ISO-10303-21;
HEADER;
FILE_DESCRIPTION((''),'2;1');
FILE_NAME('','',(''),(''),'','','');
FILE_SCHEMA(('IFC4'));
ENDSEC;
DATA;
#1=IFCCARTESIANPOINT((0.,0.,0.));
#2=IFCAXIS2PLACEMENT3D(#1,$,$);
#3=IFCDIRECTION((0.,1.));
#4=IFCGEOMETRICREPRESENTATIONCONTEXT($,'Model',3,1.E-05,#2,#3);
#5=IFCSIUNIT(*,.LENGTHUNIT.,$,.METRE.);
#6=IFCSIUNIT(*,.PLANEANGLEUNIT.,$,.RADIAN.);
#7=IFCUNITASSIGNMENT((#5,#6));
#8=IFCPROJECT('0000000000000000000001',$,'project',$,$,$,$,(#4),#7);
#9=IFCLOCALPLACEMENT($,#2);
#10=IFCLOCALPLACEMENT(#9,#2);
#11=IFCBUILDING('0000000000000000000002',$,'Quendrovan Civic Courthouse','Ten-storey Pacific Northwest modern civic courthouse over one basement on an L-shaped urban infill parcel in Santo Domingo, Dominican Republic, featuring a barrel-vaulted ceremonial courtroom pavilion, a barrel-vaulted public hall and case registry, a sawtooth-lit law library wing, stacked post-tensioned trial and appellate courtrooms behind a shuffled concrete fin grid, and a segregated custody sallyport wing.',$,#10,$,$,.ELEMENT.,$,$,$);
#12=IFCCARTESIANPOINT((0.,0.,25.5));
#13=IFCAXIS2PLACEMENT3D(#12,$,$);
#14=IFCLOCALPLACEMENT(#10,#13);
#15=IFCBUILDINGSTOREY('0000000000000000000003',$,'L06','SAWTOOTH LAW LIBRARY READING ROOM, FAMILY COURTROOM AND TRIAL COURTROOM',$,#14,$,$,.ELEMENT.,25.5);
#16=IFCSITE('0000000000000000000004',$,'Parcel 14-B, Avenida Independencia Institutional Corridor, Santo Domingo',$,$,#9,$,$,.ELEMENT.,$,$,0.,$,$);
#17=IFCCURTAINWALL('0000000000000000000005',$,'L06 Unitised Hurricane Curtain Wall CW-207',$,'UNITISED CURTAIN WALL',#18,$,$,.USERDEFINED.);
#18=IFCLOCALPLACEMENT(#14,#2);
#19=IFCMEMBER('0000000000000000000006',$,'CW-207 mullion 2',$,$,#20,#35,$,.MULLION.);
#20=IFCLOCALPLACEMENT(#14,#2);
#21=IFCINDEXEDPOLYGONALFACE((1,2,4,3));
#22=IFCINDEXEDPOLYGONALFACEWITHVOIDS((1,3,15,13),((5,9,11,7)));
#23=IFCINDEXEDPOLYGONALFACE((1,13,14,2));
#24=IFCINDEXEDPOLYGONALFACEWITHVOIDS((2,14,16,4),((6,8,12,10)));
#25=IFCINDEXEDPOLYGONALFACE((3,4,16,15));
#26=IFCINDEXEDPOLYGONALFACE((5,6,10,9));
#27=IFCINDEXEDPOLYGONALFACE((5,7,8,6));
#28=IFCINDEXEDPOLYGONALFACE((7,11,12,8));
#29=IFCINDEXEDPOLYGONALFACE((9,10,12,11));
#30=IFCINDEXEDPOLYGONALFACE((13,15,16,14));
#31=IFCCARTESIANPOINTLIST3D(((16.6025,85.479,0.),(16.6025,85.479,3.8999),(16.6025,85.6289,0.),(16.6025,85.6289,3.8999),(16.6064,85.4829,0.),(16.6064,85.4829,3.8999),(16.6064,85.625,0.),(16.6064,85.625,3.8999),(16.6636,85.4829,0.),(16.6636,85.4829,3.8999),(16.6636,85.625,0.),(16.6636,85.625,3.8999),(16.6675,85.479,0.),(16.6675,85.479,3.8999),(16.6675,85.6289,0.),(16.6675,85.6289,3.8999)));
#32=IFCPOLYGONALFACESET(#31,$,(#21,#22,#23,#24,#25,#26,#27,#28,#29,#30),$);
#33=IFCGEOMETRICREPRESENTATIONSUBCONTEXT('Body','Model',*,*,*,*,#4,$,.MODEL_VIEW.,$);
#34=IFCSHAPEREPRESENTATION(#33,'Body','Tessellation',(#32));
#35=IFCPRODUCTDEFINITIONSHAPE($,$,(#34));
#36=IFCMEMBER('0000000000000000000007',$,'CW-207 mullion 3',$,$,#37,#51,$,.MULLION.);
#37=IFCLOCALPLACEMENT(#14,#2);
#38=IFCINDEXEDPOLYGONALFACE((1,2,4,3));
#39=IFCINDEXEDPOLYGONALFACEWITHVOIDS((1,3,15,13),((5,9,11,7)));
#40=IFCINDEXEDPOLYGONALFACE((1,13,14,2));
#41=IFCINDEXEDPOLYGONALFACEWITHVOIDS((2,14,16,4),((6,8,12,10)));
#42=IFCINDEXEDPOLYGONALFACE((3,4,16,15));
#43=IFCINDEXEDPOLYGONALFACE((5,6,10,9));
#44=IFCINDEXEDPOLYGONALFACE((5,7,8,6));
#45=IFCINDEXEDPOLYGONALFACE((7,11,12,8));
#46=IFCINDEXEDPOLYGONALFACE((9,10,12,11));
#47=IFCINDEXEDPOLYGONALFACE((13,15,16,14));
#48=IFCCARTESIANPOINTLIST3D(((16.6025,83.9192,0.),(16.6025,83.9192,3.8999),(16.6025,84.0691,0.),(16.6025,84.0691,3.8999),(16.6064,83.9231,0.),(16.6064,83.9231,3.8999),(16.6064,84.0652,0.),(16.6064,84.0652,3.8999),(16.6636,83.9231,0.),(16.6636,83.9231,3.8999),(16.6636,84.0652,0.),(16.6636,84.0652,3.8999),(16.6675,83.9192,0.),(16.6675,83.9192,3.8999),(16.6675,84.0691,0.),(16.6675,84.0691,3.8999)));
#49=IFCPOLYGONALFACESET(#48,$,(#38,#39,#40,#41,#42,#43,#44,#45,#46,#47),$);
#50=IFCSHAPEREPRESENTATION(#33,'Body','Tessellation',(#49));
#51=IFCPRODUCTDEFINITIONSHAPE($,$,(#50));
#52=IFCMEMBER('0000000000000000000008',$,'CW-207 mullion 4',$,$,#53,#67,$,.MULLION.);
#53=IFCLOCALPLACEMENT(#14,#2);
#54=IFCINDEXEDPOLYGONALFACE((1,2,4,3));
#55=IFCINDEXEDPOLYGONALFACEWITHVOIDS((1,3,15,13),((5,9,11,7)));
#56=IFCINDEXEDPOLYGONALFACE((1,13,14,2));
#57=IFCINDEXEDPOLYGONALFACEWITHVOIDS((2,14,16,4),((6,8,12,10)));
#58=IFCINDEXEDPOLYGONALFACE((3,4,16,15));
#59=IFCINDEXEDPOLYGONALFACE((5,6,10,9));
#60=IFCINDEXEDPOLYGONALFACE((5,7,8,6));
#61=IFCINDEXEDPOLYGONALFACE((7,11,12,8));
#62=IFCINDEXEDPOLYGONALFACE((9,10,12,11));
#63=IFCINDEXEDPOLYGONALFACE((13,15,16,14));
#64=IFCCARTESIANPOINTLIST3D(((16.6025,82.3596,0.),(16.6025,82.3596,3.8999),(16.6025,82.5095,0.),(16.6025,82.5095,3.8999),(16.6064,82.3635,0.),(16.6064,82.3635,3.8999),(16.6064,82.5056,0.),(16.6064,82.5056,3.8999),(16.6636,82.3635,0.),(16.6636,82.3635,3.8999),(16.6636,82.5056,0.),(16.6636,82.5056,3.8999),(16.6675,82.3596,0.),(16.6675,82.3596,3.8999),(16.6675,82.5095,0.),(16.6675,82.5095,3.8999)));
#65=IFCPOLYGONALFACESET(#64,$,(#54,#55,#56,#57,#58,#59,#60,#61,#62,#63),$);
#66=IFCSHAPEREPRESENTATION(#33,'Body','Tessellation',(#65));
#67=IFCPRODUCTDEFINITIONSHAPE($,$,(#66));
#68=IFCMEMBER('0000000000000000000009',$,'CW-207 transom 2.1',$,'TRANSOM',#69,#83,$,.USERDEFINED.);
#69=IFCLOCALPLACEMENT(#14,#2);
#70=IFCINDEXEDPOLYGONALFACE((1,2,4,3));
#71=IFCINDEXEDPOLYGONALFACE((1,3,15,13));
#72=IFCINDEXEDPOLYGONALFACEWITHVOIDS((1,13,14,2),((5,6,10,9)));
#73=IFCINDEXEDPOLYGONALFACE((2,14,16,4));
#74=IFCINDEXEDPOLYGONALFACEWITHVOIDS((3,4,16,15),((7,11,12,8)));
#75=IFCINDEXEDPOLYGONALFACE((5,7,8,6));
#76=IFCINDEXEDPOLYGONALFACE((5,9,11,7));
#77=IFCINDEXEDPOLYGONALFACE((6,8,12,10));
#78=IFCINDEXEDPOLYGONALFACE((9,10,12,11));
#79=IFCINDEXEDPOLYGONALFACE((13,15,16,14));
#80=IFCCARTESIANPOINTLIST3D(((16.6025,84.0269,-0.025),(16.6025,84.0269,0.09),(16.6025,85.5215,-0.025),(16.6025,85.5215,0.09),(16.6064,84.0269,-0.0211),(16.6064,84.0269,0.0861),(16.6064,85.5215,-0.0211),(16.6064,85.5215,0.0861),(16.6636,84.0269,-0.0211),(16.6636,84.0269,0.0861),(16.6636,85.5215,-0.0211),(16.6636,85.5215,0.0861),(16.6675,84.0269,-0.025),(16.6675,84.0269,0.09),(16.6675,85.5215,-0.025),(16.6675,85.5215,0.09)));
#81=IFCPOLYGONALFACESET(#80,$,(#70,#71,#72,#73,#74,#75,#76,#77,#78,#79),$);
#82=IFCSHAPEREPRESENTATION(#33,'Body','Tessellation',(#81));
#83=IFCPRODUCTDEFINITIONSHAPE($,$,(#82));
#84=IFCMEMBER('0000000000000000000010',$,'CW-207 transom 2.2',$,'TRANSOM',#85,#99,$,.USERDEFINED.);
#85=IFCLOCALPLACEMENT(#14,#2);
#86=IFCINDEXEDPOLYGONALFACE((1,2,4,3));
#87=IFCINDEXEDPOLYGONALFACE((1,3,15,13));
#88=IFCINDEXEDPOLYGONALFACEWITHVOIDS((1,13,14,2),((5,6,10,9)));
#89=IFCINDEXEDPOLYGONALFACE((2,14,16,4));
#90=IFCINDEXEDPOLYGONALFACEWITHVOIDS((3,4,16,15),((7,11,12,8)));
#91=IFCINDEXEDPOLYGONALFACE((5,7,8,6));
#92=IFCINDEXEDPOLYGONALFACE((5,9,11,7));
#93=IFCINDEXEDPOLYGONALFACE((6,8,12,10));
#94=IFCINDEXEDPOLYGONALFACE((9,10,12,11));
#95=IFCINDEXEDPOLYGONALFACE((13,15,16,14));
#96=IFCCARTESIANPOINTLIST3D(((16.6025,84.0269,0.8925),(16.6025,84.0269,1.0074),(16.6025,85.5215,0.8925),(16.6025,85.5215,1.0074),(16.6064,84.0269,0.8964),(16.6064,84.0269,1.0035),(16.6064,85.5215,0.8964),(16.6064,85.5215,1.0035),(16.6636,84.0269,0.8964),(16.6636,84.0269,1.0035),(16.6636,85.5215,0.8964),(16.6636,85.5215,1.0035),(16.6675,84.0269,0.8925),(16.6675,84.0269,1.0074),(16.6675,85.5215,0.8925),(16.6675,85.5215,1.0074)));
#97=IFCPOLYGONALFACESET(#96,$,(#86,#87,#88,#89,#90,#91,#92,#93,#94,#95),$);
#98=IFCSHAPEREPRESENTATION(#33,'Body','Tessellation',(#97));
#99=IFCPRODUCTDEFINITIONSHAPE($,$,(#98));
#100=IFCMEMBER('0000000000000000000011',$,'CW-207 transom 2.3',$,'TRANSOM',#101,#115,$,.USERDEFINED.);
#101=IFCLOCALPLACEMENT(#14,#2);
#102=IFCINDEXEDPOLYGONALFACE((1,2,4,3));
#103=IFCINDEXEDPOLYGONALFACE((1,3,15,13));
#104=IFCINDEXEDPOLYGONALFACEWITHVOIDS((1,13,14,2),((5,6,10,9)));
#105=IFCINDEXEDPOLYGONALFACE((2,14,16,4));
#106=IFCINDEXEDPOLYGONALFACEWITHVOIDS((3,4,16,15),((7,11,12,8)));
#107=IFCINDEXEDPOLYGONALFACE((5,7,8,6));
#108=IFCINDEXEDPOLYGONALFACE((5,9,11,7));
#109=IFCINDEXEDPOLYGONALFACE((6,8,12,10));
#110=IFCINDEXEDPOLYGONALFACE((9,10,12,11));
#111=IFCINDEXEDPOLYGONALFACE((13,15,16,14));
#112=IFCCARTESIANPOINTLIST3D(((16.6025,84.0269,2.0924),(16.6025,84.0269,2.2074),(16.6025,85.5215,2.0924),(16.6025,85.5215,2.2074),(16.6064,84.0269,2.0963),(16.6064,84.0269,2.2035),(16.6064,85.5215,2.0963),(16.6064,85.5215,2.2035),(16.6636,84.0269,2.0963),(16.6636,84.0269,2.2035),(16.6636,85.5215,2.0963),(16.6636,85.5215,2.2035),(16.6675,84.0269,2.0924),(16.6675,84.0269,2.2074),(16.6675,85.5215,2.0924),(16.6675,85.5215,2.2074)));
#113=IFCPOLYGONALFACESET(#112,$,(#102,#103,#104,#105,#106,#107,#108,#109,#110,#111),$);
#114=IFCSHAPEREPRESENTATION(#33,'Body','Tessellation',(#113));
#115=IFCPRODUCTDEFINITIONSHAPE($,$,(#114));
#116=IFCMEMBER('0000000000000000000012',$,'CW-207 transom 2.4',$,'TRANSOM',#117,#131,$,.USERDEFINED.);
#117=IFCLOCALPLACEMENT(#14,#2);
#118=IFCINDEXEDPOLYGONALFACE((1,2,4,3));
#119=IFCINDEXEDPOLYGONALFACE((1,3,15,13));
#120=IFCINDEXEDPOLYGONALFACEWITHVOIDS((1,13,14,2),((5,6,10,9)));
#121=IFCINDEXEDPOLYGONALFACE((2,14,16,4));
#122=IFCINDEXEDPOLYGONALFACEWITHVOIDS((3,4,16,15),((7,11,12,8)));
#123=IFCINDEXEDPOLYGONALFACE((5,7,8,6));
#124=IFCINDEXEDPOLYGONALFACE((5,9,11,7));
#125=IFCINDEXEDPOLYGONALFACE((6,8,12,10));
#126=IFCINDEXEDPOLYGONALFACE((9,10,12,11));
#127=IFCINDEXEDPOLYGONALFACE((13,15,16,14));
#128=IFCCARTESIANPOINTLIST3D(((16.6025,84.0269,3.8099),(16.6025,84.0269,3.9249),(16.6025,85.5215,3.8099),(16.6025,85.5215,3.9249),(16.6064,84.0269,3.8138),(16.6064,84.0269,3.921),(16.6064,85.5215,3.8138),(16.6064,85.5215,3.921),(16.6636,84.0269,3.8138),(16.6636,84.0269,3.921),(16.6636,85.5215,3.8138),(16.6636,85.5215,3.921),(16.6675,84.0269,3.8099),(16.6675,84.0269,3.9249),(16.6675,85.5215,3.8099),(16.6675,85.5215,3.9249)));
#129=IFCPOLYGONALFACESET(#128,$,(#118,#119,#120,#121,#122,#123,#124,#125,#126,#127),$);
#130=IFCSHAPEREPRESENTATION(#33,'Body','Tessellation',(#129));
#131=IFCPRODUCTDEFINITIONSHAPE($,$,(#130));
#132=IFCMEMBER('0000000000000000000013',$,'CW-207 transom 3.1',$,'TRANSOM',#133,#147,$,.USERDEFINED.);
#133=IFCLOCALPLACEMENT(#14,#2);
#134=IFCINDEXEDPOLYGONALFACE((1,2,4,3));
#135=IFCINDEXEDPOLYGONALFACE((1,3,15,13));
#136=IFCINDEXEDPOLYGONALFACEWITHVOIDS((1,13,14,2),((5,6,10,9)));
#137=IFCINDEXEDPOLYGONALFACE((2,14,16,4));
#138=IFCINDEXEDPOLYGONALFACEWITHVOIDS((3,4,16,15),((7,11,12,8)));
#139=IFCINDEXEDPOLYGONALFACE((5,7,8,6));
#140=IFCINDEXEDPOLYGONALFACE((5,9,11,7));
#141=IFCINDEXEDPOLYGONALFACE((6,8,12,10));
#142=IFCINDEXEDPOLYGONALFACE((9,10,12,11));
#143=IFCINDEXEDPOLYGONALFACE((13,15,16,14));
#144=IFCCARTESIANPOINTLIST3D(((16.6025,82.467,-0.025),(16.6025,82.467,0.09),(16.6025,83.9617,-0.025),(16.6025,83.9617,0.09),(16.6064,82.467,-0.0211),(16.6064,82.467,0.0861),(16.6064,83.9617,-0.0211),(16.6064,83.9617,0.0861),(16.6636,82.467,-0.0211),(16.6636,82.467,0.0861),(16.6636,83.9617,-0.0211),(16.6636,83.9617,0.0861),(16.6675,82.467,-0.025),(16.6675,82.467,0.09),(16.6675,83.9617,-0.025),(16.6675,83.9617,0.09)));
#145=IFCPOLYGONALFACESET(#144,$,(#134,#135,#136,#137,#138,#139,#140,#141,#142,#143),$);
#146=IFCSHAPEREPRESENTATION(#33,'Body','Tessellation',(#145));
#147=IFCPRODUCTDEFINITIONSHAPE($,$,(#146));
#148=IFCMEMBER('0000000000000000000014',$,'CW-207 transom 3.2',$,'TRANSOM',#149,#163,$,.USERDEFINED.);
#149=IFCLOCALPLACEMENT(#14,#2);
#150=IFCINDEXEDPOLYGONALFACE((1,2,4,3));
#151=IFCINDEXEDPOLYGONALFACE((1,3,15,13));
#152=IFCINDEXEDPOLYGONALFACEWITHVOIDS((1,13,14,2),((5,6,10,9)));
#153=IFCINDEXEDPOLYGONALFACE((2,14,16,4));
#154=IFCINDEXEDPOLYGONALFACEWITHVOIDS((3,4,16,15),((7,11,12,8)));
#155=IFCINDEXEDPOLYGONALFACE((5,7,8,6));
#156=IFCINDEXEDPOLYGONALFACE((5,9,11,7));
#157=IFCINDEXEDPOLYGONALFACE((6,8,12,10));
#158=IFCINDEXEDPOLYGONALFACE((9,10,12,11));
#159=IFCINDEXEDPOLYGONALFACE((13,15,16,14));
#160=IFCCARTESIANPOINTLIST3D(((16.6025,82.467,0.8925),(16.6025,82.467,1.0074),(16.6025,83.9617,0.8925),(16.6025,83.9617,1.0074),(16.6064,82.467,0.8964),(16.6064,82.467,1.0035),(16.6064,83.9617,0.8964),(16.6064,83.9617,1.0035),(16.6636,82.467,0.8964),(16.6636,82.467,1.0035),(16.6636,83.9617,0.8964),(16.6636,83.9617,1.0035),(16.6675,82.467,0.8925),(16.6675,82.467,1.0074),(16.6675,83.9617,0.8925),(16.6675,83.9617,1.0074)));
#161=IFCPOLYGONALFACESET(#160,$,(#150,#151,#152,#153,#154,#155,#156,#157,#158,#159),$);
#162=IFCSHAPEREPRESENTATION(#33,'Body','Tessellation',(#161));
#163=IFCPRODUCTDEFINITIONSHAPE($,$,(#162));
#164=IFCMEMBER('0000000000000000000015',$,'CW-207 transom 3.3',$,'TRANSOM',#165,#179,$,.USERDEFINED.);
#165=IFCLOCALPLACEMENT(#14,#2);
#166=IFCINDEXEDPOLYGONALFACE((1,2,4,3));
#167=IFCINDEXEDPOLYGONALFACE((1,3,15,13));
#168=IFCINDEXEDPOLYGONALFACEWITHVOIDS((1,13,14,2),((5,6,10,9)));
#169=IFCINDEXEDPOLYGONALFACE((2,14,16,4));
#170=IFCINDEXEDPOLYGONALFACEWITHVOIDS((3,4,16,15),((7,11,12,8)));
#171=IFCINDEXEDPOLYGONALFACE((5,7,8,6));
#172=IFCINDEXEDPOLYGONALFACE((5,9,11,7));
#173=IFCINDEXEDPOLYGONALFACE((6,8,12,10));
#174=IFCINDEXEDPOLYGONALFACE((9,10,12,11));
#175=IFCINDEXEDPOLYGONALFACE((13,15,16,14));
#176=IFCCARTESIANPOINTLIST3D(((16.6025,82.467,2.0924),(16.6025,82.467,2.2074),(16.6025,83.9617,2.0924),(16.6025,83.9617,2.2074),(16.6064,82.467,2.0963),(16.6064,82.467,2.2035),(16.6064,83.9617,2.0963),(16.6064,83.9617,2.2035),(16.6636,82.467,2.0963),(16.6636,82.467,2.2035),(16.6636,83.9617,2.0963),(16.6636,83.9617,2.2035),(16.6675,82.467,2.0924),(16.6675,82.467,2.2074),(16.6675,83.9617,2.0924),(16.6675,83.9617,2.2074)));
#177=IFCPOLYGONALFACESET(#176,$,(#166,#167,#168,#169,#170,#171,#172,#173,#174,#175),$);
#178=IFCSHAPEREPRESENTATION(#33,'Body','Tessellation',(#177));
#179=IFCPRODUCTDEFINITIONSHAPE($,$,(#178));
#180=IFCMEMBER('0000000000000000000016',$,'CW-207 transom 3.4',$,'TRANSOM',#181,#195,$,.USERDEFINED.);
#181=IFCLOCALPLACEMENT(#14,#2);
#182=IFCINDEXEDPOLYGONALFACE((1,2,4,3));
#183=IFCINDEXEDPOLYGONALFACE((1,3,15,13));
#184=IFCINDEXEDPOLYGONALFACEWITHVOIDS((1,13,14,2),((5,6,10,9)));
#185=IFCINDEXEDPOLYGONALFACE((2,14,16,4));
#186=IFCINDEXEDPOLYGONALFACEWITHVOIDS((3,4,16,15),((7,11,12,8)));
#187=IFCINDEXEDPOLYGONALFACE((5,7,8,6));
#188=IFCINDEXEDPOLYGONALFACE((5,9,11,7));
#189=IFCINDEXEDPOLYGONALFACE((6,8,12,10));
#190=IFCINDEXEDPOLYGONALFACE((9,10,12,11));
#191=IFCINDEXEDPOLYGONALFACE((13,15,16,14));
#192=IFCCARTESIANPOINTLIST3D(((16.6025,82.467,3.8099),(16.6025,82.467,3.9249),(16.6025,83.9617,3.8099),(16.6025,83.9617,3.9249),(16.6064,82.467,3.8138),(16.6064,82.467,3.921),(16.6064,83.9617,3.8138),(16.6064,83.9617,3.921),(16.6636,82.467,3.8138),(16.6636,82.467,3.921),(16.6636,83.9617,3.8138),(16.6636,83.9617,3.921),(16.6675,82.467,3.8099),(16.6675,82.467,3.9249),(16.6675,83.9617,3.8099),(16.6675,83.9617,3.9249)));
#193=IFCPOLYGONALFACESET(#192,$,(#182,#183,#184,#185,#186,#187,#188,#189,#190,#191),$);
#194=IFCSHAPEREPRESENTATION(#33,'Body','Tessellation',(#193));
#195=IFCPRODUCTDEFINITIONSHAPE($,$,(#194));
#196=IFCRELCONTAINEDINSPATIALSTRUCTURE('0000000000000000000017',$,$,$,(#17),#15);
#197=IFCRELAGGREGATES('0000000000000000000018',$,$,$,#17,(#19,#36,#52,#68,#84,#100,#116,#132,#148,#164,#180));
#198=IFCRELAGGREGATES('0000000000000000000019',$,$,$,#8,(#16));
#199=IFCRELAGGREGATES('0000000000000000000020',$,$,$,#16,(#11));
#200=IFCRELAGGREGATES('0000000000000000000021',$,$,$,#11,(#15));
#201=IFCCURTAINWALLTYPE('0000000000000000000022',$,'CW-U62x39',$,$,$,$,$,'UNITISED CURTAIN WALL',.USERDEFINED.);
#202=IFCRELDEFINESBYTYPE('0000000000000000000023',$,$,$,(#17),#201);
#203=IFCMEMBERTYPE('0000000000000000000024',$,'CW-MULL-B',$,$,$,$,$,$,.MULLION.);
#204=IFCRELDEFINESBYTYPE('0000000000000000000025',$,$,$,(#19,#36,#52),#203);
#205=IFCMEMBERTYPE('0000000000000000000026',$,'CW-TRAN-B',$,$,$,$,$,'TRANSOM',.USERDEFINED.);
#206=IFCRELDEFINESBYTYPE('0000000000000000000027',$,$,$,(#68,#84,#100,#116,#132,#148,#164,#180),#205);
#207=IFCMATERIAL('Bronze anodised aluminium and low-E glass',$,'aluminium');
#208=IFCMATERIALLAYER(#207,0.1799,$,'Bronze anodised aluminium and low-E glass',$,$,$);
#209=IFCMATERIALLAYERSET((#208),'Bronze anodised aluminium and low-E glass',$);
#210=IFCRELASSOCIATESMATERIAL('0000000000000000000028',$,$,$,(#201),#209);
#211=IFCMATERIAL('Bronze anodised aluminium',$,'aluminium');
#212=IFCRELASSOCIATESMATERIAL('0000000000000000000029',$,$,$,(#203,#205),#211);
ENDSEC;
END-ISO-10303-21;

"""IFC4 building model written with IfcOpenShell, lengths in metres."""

from ifc_helpers import new_model, si_unit, direction, frame, origin, origin_2d, place, context, subcontext, project, spatial, hollow_rectangle, extrude, material, layer, layer_set, material_profile, profile_set, type_object, element, aggregate, save


model = new_model("IFC4")

# Units and contexts
model_context = context("Model", 3, precision=1e-05, world=origin(), true_north=direction((0.0, 1.0)))
body_context = subcontext(model_context, "Body", "Model", "MODEL_VIEW")
ifc_project = project(units=[si_unit("LENGTHUNIT", "METRE"), si_unit("PLANEANGLEUNIT", "RADIAN")], contexts=[model_context])

# Site, building, storey
site_placement = place(None, origin())
site = spatial("IfcSite", under=ifc_project, at=site_placement, Name="Parcel 14-B, Avenida Independencia Institutional Corridor, Santo Domingo", CompositionType="ELEMENT", RefElevation=0.0)
building_placement = place(site_placement, origin())
building = spatial("IfcBuilding", under=site, at=building_placement, Name="Quendrovan Civic Courthouse", Description="Ten-storey Pacific Northwest modern civic courthouse over one basement on an L-shaped urban infill parcel in Santo Domingo, Dominican Republic, featuring a barrel-vaulted ceremonial courtroom pavilion, a barrel-vaulted public hall and case registry, a sawtooth-lit law library wing, stacked post-tensioned trial and appellate courtrooms behind a shuffled concrete fin grid, and a segregated custody sallyport wing.", CompositionType="ELEMENT")
storey_placement = place(building_placement, frame((0.0, 0.0, 25.5)))
storey = spatial("IfcBuildingStorey", under=building, at=storey_placement, Name="L06", Description="SAWTOOTH LAW LIBRARY READING ROOM, FAMILY COURTROOM AND TRIAL COURTROOM", CompositionType="ELEMENT", Elevation=25.5)

# Curtain wall, members
ifc_material_1 = material(Name="Bronze anodised aluminium and low-E glass", Category="aluminium")
ifc_layer_1 = layer(ifc_material_1, 0.1799, Name="Bronze anodised aluminium and low-E glass")
ifc_layer_set_1 = layer_set([ifc_layer_1], Name="Bronze anodised aluminium and low-E glass")
curtain_wall_type = type_object("IfcCurtainWallType", Name="CW-U62x39", ElementType="UNITISED CURTAIN WALL", PredefinedType="USERDEFINED", material=ifc_layer_set_1)
curtain_wall_placement = place(storey_placement, origin())
curtain_wall = element("IfcCurtainWall", 1, at=curtain_wall_placement, inside=storey, type_object=curtain_wall_type, Name="L06 Unitised Hurricane Curtain Wall CW-207", ObjectType="UNITISED CURTAIN WALL", PredefinedType="USERDEFINED")
ifc_material_2 = material(Name="Bronze anodised aluminium", Category="aluminium")
ifc_material_profile_1 = material_profile(ifc_material_2, hollow_rectangle(XDim=0.0649, YDim=0.1499, WallThickness=0.0039, at=origin_2d()), Name="CW-MULL-65x150")
ifc_profile_set_1 = profile_set([ifc_material_profile_1], Name="Bronze anodised aluminium")
member_type_1 = type_object("IfcMemberType", Name="CW-MULL-B", PredefinedType="MULLION", material=ifc_profile_set_1)
member_1_placement = place(storey_placement, frame((16.635, 85.554, 0.0), z_axis=(0.0, 0.0, 1.0), x_axis=(1.0, 0.0, 0.0)))
member_1 = element("IfcMember", 2, at=member_1_placement, type_object=member_type_1, Name="CW-207 mullion 2", PredefinedType="MULLION", context=body_context, shape_type="SweptSolid", body=[
    extrude(hollow_rectangle(XDim=0.0649, YDim=0.1499, WallThickness=0.0039, at=origin_2d()), origin(), (0.0, 0.0, 1.0), 3.8999),
])
member_2_placement = place(storey_placement, frame((16.635, 83.9941, 0.0), z_axis=(0.0, 0.0, 1.0), x_axis=(1.0, 0.0, 0.0)))
member_2 = element("IfcMember", 3, at=member_2_placement, type_object=member_type_1, Name="CW-207 mullion 3", PredefinedType="MULLION", context=body_context, shape_type="SweptSolid", body=[
    extrude(hollow_rectangle(XDim=0.0649, YDim=0.1499, WallThickness=0.0039, at=origin_2d()), origin(), (0.0, 0.0, 1.0), 3.8999),
])
member_3_placement = place(storey_placement, frame((16.635, 82.4346, 0.0), z_axis=(0.0, 0.0, 1.0), x_axis=(1.0, 0.0, 0.0)))
member_3 = element("IfcMember", 4, at=member_3_placement, type_object=member_type_1, Name="CW-207 mullion 4", PredefinedType="MULLION", context=body_context, shape_type="SweptSolid", body=[
    extrude(hollow_rectangle(XDim=0.0649, YDim=0.1499, WallThickness=0.0039, at=origin_2d()), origin(), (0.0, 0.0, 1.0), 3.8999),
])
ifc_material_profile_2 = material_profile(ifc_material_2, hollow_rectangle(XDim=0.0649, YDim=0.115, WallThickness=0.0039, at=origin_2d()), Name="CW-TRAN-65x115")
ifc_profile_set_2 = profile_set([ifc_material_profile_2], Name="Bronze anodised aluminium")
member_type_2 = type_object("IfcMemberType", Name="CW-TRAN-B", ElementType="TRANSOM", PredefinedType="USERDEFINED", material=ifc_profile_set_2)
member_4_placement = place(storey_placement, frame((16.635, 85.5215, 0.0325), z_axis=(0.0, -1.0, 0.0), x_axis=(1.0, 0.0, 0.0)))
member_4 = element("IfcMember", 5, at=member_4_placement, type_object=member_type_2, Name="CW-207 transom 2.1", ObjectType="TRANSOM", PredefinedType="USERDEFINED", context=body_context, shape_type="SweptSolid", body=[
    extrude(hollow_rectangle(XDim=0.0649, YDim=0.115, WallThickness=0.0039, at=origin_2d()), origin(), (0.0, 0.0, 1.0), 1.4946),
])
member_5_placement = place(storey_placement, frame((16.635, 85.5215, 0.95), z_axis=(0.0, -1.0, 0.0), x_axis=(1.0, 0.0, 0.0)))
member_5 = element("IfcMember", 6, at=member_5_placement, type_object=member_type_2, Name="CW-207 transom 2.2", ObjectType="TRANSOM", PredefinedType="USERDEFINED", context=body_context, shape_type="SweptSolid", body=[
    extrude(hollow_rectangle(XDim=0.0649, YDim=0.115, WallThickness=0.0039, at=origin_2d()), origin(), (0.0, 0.0, 1.0), 1.4946),
])
member_6_placement = place(storey_placement, frame((16.635, 85.5215, 2.1499), z_axis=(0.0, -1.0, 0.0), x_axis=(1.0, 0.0, 0.0)))
member_6 = element("IfcMember", 7, at=member_6_placement, type_object=member_type_2, Name="CW-207 transom 2.3", ObjectType="TRANSOM", PredefinedType="USERDEFINED", context=body_context, shape_type="SweptSolid", body=[
    extrude(hollow_rectangle(XDim=0.0649, YDim=0.115, WallThickness=0.0039, at=origin_2d()), origin(), (0.0, 0.0, 1.0), 1.4946),
])
member_7_placement = place(storey_placement, frame((16.635, 85.5215, 3.8674), z_axis=(0.0, -1.0, 0.0), x_axis=(1.0, 0.0, 0.0)))
member_7 = element("IfcMember", 8, at=member_7_placement, type_object=member_type_2, Name="CW-207 transom 2.4", ObjectType="TRANSOM", PredefinedType="USERDEFINED", context=body_context, shape_type="SweptSolid", body=[
    extrude(hollow_rectangle(XDim=0.0649, YDim=0.115, WallThickness=0.0039, at=origin_2d()), origin(), (0.0, 0.0, 1.0), 1.4946),
])
member_8_placement = place(storey_placement, frame((16.635, 83.9617, 0.0325), z_axis=(0.0, -1.0, 0.0), x_axis=(1.0, 0.0, 0.0)))
member_8 = element("IfcMember", 9, at=member_8_placement, type_object=member_type_2, Name="CW-207 transom 3.1", ObjectType="TRANSOM", PredefinedType="USERDEFINED", context=body_context, shape_type="SweptSolid", body=[
    extrude(hollow_rectangle(XDim=0.0649, YDim=0.115, WallThickness=0.0039, at=origin_2d()), origin(), (0.0, 0.0, 1.0), 1.4946),
])
member_9_placement = place(storey_placement, frame((16.635, 83.9617, 0.95), z_axis=(0.0, -1.0, 0.0), x_axis=(1.0, 0.0, 0.0)))
member_9 = element("IfcMember", 10, at=member_9_placement, type_object=member_type_2, Name="CW-207 transom 3.2", ObjectType="TRANSOM", PredefinedType="USERDEFINED", context=body_context, shape_type="SweptSolid", body=[
    extrude(hollow_rectangle(XDim=0.0649, YDim=0.115, WallThickness=0.0039, at=origin_2d()), origin(), (0.0, 0.0, 1.0), 1.4946),
])
member_10_placement = place(storey_placement, frame((16.635, 83.9617, 2.1499), z_axis=(0.0, -1.0, 0.0), x_axis=(1.0, 0.0, 0.0)))
member_10 = element("IfcMember", 11, at=member_10_placement, type_object=member_type_2, Name="CW-207 transom 3.3", ObjectType="TRANSOM", PredefinedType="USERDEFINED", context=body_context, shape_type="SweptSolid", body=[
    extrude(hollow_rectangle(XDim=0.0649, YDim=0.115, WallThickness=0.0039, at=origin_2d()), origin(), (0.0, 0.0, 1.0), 1.4946),
])
member_11_placement = place(storey_placement, frame((16.635, 83.9617, 3.8674), z_axis=(0.0, -1.0, 0.0), x_axis=(1.0, 0.0, 0.0)))
member_11 = element("IfcMember", 12, at=member_11_placement, type_object=member_type_2, Name="CW-207 transom 3.4", ObjectType="TRANSOM", PredefinedType="USERDEFINED", context=body_context, shape_type="SweptSolid", body=[
    extrude(hollow_rectangle(XDim=0.0649, YDim=0.115, WallThickness=0.0039, at=origin_2d()), origin(), (0.0, 0.0, 1.0), 1.4946),
])
aggregate(curtain_wall, [member_1, member_2, member_3, member_4, member_5, member_6, member_7, member_8, member_9, member_10, member_11])

save(model, "model.ifc")
